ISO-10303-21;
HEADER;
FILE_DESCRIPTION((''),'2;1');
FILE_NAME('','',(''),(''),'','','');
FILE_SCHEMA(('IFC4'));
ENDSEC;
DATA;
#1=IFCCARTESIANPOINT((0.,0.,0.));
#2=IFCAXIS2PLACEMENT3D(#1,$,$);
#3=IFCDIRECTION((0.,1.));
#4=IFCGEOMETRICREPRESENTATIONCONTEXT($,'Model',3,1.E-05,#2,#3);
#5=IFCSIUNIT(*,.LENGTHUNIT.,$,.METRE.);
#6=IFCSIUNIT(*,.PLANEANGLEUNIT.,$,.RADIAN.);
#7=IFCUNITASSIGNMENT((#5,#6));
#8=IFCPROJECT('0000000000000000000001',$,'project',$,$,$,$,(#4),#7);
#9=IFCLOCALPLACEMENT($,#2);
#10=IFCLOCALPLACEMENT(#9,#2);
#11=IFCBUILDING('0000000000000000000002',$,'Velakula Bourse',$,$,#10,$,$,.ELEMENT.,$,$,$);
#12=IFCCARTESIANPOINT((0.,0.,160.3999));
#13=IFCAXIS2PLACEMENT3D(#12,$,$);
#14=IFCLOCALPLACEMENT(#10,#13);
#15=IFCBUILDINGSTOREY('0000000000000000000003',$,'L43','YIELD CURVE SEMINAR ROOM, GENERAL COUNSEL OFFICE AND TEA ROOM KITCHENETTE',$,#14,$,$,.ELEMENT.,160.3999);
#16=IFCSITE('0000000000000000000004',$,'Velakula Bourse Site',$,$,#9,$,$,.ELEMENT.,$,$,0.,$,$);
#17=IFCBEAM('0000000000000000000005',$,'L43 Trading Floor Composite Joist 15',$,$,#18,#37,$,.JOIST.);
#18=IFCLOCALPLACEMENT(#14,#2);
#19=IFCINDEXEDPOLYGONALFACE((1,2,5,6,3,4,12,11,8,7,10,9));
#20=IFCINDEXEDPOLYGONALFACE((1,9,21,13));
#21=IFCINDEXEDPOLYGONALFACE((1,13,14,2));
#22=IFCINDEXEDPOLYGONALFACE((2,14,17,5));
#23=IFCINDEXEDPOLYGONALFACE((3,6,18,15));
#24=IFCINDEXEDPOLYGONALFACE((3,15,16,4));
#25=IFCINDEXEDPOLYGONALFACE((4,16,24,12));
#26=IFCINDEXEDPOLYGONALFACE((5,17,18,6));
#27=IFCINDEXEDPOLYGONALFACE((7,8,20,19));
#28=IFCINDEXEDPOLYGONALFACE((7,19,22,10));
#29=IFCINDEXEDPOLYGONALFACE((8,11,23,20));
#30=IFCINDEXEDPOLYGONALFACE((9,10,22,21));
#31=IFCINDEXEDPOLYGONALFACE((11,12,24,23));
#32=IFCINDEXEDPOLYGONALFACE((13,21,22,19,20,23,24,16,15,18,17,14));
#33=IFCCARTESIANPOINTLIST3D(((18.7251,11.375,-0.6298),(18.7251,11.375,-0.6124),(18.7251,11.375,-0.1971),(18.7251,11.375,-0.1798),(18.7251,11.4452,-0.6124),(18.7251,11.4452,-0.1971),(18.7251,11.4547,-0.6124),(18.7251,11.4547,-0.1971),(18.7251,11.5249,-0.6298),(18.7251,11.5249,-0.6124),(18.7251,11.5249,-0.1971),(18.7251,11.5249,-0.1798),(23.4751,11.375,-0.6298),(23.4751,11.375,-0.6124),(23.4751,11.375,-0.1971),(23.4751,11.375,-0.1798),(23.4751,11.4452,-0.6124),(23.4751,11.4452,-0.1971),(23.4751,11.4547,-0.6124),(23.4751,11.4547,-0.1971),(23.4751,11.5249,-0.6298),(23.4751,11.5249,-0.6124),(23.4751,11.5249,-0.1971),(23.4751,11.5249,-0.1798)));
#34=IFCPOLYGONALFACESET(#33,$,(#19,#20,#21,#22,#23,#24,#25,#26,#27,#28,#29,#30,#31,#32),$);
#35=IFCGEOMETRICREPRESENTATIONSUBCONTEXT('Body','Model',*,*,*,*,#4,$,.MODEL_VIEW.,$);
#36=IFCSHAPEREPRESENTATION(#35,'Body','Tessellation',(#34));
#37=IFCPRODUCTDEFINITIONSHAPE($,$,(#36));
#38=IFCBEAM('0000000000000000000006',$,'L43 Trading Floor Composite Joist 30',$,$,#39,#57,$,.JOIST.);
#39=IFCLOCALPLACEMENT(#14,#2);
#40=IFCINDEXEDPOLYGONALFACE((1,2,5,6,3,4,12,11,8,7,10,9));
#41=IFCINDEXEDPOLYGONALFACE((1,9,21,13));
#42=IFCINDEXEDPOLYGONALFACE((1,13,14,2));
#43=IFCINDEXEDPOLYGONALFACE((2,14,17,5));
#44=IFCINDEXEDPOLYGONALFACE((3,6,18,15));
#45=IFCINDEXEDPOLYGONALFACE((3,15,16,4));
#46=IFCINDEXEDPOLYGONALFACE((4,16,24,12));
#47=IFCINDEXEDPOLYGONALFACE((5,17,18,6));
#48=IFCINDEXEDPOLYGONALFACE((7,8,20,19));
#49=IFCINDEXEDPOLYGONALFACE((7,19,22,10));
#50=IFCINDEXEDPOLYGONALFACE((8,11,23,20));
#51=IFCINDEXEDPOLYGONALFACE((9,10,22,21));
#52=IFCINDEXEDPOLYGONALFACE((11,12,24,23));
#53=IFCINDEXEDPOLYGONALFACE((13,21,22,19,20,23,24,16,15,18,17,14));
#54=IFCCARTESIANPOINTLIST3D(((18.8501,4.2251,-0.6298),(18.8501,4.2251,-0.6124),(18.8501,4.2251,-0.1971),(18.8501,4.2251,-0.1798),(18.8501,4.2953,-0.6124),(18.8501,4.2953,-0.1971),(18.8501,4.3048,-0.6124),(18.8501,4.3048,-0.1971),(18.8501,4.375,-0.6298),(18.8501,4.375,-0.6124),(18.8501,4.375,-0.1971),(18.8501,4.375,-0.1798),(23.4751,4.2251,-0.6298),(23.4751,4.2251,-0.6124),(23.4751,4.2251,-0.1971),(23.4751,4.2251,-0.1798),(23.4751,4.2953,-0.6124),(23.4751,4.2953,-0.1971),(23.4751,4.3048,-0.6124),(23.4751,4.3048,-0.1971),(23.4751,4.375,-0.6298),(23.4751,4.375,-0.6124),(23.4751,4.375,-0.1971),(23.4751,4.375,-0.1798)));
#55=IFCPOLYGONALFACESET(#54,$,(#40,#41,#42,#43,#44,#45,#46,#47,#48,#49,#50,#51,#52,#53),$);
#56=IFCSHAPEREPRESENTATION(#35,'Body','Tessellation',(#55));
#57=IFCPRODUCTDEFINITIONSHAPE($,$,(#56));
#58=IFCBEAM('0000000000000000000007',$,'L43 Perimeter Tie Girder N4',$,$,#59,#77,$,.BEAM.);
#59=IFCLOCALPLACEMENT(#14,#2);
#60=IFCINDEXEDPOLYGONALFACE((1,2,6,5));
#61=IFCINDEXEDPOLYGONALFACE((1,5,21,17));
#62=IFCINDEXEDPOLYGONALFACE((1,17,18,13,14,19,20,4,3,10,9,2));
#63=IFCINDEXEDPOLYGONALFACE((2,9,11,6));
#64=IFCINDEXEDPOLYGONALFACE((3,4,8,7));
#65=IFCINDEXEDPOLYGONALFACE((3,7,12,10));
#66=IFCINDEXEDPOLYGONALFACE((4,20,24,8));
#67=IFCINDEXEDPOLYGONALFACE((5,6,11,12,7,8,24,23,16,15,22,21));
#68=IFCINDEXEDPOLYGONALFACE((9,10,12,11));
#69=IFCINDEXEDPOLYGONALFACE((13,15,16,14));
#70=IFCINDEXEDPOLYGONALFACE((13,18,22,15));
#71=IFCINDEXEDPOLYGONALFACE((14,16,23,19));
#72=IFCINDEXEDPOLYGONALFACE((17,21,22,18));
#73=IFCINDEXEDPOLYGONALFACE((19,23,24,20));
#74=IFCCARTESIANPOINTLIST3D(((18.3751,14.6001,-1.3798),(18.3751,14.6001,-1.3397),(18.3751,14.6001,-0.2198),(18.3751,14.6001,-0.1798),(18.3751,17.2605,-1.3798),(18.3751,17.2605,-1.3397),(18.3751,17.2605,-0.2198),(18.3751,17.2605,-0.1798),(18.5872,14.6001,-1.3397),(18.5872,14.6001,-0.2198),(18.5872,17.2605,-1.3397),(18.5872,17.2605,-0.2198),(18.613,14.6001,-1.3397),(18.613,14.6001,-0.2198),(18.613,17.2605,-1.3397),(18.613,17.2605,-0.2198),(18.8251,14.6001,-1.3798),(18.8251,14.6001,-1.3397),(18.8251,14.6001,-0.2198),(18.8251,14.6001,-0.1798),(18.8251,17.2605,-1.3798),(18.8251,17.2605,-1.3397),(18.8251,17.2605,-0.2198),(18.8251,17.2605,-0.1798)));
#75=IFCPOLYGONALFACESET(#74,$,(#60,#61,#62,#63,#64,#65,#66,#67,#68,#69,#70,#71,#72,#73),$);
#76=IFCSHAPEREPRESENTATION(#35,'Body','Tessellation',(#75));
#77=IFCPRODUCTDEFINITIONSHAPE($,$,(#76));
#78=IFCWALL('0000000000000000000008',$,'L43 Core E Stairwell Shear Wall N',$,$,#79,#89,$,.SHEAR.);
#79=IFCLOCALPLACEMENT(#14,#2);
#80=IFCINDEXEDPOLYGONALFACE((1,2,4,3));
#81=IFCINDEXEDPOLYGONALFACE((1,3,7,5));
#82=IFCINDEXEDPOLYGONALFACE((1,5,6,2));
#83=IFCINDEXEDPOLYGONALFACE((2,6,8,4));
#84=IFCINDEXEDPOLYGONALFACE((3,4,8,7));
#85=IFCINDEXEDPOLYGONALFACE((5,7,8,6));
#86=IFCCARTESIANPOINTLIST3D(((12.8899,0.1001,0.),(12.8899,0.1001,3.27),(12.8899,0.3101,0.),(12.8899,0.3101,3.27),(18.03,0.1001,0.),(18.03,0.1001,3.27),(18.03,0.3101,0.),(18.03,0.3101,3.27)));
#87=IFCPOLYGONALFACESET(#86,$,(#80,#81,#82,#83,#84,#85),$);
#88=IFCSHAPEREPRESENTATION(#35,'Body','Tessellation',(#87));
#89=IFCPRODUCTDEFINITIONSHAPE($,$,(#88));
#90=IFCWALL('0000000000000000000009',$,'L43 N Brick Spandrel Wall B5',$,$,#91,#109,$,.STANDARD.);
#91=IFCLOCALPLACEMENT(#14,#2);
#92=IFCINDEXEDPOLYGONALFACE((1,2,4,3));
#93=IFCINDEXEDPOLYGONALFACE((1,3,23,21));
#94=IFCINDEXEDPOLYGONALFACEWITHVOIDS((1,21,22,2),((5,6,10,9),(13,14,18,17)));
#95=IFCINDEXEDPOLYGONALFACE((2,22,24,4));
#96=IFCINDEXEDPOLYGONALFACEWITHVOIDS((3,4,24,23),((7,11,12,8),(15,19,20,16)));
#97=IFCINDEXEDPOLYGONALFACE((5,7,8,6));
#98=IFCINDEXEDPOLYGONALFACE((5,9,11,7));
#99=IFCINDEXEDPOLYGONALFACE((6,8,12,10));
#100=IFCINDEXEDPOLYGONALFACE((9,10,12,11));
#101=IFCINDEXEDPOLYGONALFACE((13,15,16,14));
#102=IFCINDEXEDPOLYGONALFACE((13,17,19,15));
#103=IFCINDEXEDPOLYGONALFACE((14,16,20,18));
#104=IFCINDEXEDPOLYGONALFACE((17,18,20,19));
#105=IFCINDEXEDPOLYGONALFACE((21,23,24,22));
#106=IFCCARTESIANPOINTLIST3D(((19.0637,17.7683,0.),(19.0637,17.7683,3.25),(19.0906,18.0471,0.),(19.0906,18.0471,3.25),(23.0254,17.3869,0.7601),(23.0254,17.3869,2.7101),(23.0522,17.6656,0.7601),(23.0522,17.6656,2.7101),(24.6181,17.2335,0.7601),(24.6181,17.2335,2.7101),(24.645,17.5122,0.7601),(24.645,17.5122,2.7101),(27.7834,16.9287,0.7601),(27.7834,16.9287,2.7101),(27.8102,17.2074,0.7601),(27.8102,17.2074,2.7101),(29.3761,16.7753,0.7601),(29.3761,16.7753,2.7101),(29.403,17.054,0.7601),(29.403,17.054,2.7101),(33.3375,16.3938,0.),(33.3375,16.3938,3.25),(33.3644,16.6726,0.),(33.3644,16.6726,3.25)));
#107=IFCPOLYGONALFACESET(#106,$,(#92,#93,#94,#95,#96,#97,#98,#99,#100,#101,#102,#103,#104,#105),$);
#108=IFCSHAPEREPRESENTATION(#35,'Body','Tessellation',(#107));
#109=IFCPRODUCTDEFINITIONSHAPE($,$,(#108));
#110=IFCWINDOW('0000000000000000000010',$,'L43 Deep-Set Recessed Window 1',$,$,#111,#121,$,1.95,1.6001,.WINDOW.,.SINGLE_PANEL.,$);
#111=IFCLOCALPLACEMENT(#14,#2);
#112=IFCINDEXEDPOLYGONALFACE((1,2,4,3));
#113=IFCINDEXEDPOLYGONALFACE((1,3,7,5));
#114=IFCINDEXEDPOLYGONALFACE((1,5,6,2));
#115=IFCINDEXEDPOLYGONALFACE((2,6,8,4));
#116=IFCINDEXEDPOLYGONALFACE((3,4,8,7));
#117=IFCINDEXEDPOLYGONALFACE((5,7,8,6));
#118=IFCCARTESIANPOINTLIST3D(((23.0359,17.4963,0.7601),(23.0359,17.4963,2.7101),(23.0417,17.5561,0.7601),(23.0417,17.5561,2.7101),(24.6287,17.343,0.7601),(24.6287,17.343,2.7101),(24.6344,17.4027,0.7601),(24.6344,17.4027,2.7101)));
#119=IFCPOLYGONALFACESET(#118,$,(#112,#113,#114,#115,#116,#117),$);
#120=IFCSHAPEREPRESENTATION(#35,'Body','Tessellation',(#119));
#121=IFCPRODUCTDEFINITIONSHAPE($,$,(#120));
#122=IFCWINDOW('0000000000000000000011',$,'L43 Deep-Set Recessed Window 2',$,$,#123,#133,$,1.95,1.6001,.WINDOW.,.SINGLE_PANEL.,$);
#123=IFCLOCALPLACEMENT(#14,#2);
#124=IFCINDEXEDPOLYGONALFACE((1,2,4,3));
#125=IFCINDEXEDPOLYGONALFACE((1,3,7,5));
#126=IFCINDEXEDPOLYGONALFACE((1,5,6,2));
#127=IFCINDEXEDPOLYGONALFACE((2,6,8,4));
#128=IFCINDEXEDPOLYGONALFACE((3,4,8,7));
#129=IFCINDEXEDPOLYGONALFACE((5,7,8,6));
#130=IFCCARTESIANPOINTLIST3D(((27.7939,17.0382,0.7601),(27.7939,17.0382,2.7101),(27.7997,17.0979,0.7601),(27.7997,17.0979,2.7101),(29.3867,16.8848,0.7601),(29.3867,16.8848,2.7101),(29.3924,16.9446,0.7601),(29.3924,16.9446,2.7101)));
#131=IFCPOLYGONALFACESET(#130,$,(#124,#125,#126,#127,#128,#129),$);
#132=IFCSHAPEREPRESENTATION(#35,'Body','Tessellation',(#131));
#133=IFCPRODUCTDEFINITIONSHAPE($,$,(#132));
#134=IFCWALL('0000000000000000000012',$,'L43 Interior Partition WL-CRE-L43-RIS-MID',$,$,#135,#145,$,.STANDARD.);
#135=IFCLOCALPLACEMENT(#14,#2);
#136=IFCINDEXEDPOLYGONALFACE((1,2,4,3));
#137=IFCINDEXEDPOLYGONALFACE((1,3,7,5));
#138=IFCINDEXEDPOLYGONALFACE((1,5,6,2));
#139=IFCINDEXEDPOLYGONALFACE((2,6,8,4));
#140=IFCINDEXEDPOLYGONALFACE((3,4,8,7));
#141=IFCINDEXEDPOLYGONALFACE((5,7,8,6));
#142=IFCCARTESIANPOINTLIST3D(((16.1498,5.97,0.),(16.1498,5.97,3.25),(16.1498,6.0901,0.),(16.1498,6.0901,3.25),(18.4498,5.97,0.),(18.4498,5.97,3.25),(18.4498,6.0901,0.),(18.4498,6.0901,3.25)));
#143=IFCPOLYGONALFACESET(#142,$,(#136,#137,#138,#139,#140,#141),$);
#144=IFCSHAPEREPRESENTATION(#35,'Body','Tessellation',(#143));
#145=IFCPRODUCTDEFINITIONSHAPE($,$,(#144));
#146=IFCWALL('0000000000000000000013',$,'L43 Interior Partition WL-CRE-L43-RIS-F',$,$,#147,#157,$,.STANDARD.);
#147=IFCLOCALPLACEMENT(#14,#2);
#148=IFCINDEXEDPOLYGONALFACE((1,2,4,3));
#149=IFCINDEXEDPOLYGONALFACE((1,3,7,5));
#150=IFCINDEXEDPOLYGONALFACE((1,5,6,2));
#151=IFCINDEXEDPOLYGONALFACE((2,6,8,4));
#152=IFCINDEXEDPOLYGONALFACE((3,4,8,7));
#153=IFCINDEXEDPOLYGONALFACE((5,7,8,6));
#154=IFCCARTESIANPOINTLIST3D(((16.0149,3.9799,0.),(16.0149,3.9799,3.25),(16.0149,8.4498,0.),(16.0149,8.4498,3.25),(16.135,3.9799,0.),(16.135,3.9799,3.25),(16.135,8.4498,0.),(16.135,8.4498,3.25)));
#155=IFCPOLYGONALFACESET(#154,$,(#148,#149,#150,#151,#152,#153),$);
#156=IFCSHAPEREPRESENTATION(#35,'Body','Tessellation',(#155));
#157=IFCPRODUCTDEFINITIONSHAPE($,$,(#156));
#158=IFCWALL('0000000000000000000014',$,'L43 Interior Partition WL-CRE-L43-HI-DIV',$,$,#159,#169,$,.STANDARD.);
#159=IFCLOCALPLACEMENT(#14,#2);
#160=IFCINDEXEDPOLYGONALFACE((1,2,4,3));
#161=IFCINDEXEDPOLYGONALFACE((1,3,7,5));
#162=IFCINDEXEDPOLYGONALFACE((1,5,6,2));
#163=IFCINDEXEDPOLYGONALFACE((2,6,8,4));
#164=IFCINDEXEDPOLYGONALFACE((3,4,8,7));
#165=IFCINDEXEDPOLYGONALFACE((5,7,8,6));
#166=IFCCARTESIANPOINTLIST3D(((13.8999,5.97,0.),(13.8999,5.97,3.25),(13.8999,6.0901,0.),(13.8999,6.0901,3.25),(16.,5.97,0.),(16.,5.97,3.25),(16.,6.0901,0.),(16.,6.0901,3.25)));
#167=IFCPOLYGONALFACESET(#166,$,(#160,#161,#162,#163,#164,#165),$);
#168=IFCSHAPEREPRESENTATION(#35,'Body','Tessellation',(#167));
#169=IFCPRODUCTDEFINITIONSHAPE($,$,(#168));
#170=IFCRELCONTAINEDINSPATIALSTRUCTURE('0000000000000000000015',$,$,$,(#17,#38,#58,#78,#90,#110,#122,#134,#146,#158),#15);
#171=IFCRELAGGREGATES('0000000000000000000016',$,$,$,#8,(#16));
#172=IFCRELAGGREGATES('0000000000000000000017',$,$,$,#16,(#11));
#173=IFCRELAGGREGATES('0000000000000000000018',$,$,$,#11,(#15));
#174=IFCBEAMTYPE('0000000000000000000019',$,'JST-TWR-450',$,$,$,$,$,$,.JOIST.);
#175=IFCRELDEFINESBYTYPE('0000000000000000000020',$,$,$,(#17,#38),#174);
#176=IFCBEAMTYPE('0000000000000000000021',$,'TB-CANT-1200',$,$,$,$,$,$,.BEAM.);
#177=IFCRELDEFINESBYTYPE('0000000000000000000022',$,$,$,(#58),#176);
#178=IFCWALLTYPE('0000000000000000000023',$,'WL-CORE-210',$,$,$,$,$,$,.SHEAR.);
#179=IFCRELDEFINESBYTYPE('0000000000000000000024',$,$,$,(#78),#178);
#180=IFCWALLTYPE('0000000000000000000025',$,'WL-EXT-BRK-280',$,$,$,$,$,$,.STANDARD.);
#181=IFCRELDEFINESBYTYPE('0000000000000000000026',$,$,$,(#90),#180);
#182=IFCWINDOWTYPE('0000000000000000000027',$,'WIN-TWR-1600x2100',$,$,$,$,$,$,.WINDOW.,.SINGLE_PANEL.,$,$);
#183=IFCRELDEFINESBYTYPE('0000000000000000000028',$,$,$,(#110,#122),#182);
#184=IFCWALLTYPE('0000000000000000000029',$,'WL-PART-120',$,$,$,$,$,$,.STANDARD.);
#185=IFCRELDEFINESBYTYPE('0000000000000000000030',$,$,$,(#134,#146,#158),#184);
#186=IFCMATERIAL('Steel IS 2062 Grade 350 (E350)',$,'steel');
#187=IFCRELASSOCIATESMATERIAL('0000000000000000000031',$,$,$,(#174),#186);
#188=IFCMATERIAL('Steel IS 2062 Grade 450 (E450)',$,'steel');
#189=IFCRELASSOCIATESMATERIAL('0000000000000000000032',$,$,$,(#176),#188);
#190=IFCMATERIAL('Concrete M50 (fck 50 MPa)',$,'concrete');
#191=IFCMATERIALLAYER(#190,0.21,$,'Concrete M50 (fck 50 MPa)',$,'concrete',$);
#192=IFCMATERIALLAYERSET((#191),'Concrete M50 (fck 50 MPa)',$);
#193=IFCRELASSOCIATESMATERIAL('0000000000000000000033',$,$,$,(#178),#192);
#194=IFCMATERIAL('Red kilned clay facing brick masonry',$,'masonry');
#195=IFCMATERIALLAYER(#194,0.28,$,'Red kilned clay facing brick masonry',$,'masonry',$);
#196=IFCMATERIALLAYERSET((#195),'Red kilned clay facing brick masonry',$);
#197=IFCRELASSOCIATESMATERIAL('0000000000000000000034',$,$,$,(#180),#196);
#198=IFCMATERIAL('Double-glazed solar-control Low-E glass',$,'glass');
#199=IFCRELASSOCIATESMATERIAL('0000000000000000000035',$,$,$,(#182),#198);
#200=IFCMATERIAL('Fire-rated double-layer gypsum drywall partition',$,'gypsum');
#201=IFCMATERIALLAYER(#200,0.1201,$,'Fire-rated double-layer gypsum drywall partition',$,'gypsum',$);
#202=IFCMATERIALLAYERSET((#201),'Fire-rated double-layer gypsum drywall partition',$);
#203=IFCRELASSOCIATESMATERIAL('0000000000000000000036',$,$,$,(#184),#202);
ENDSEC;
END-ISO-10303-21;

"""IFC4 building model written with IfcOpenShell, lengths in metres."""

from ifc_helpers import new_model, si_unit, direction, frame, frame_2d, origin, origin_2d, place, context, subcontext, project, spatial, rectangle, i_section, extrude, material, layer, layer_set, material_profile, profile_set, type_object, element, fill, save


model = new_model("IFC4")

# Units and contexts
model_context = context("Model", 3, precision=1e-05, world=origin(), true_north=direction((0.0, 1.0)))
body_context = subcontext(model_context, "Body", "Model", "MODEL_VIEW")
ifc_project = project(units=[si_unit("LENGTHUNIT", "METRE"), si_unit("PLANEANGLEUNIT", "RADIAN")], contexts=[model_context])

# Site, building, storey
site_placement = place(None, origin())
site = spatial("IfcSite", under=ifc_project, at=site_placement, Name="Velakula Bourse Site", CompositionType="ELEMENT", RefElevation=0.0)
building_placement = place(site_placement, origin())
building = spatial("IfcBuilding", under=site, at=building_placement, Name="Velakula Bourse", CompositionType="ELEMENT")
storey_placement = place(building_placement, frame((0.0, 0.0, 160.3999)))
storey = spatial("IfcBuildingStorey", under=building, at=storey_placement, Name="L43", Description="YIELD CURVE SEMINAR ROOM, GENERAL COUNSEL OFFICE AND TEA ROOM KITCHENETTE", CompositionType="ELEMENT", Elevation=160.3999)

# Shared definitions
ifc_material_1 = material(Name="Steel IS 2062 Grade 350 (E350)", Category="steel")

# Beams
ifc_material_profile_1 = material_profile(ifc_material_1, i_section(OverallWidth=0.1499, OverallDepth=0.45, WebThickness=0.0095, FlangeThickness=0.0173, at=origin_2d()), Name="Steel IS 2062 Grade 350 (E350)")
ifc_profile_set_1 = profile_set([ifc_material_profile_1], Name="Steel IS 2062 Grade 350 (E350)")
beam_type_1 = type_object("IfcBeamType", Name="JST-TWR-450", PredefinedType="JOIST", material=ifc_profile_set_1)
beam_1_placement = place(storey_placement, frame((18.7251, 11.45, -0.4048), z_axis=(1.0, 0.0, 0.0), x_axis=(0.0, 1.0, 0.0)))
element("IfcBeam", 1, at=beam_1_placement, inside=storey, type_object=beam_type_1, Name="L43 Trading Floor Composite Joist 15", PredefinedType="JOIST", context=body_context, shape_type="SweptSolid", body=[
    extrude(i_section(OverallWidth=0.1499, OverallDepth=0.45, WebThickness=0.0095, FlangeThickness=0.0173, at=origin_2d()), origin(), (0.0, 0.0, 1.0), 4.75),
])
beam_2_placement = place(storey_placement, frame((18.8501, 4.3, -0.4048), z_axis=(1.0, 0.0, 0.0), x_axis=(0.0, 1.0, 0.0)))
element("IfcBeam", 2, at=beam_2_placement, inside=storey, type_object=beam_type_1, Name="L43 Trading Floor Composite Joist 30", PredefinedType="JOIST", context=body_context, shape_type="SweptSolid", body=[
    extrude(i_section(OverallWidth=0.1499, OverallDepth=0.45, WebThickness=0.0095, FlangeThickness=0.0173, at=origin_2d()), origin(), (0.0, 0.0, 1.0), 4.625),
])
ifc_material_2 = material(Name="Steel IS 2062 Grade 450 (E450)", Category="steel")
ifc_material_profile_2 = material_profile(ifc_material_2, i_section(OverallWidth=0.45, OverallDepth=1.2, WebThickness=0.0259, FlangeThickness=0.04, at=origin_2d()), Name="Steel IS 2062 Grade 450 (E450)")
ifc_profile_set_2 = profile_set([ifc_material_profile_2], Name="Steel IS 2062 Grade 450 (E450)")
beam_type_2 = type_object("IfcBeamType", Name="TB-CANT-1200", PredefinedType="BEAM", material=ifc_profile_set_2)
beam_3_placement = place(storey_placement, frame((18.6001, 14.6001, -0.7798), z_axis=(0.0, 1.0, 0.0), x_axis=(-1.0, 0.0, 0.0)))
element("IfcBeam", 3, at=beam_3_placement, inside=storey, type_object=beam_type_2, Name="L43 Perimeter Tie Girder N4", PredefinedType="BEAM", context=body_context, shape_type="SweptSolid", body=[
    extrude(i_section(OverallWidth=0.45, OverallDepth=1.2, WebThickness=0.0259, FlangeThickness=0.04, at=origin_2d()), origin(), (0.0, 0.0, 1.0), 2.6604),
])

# Wall
ifc_material_3 = material(Name="Concrete M50 (fck 50 MPa)", Category="concrete")
ifc_layer_1 = layer(ifc_material_3, 0.21, Name="Concrete M50 (fck 50 MPa)", Category="concrete")
ifc_layer_set_1 = layer_set([ifc_layer_1], Name="Concrete M50 (fck 50 MPa)")
wall_type_1 = type_object("IfcWallType", Name="WL-CORE-210", PredefinedType="SHEAR", material=ifc_layer_set_1)
wall_1_placement = place(storey_placement, frame((18.03, 0.2051, 0.0), z_axis=(0.0, 0.0, 1.0), x_axis=(-1.0, 0.0, 0.0)))
element("IfcWall", 4, at=wall_1_placement, inside=storey, type_object=wall_type_1, Name="L43 Core E Stairwell Shear Wall N", PredefinedType="SHEAR", context=body_context, shape_type="SweptSolid", body=[
    extrude(rectangle(XDim=5.1401, YDim=0.21, at=frame_2d((2.5701, 0.0))), origin(), (0.0, 0.0, 1.0), 3.27),
])

# Wall, openings, windows
ifc_material_4 = material(Name="Red kilned clay facing brick masonry", Category="masonry")
ifc_layer_2 = layer(ifc_material_4, 0.28, Name="Red kilned clay facing brick masonry", Category="masonry")
ifc_layer_set_2 = layer_set([ifc_layer_2], Name="Red kilned clay facing brick masonry")
wall_type_2 = type_object("IfcWallType", Name="WL-EXT-BRK-280", PredefinedType="STANDARD", material=ifc_layer_set_2)
wall_2_placement = place(storey_placement, frame((19.0771, 17.9077, 0.0), z_axis=(0.0, 0.0, 1.0), x_axis=(0.995396, -0.095852, 0.0)))
wall_2 = element("IfcWall", 5, at=wall_2_placement, inside=storey, type_object=wall_type_2, Name="L43 N Brick Spandrel Wall B5", PredefinedType="STANDARD", context=body_context, shape_type="SweptSolid", body=[
    extrude(rectangle(XDim=14.3398, YDim=0.28, at=frame_2d((7.1699, 0.0))), origin(), (0.0, 0.0, 1.0), 3.25),
])
opening_1_placement = place(wall_2_placement, frame((3.98, 0.0, 0.76)))
opening_1 = element("IfcOpeningElement", 6, at=opening_1_placement, cuts=wall_2, PredefinedType="OPENING", context=body_context, shape_type="SweptSolid", body=[
    extrude(rectangle(XDim=1.6001, YDim=1.95, at=frame_2d((0.8, 0.9751))), frame((0.0, 0.1499, 0.0), z_axis=(0.0, -1.0, 0.0), x_axis=(1.0, 0.0, 0.0)), (0.0, 0.0, 1.0), 0.3),
])
opening_2_placement = place(wall_2_placement, frame((8.76, 0.0, 0.76)))
opening_2 = element("IfcOpeningElement", 7, at=opening_2_placement, cuts=wall_2, PredefinedType="OPENING", context=body_context, shape_type="SweptSolid", body=[
    extrude(rectangle(XDim=1.6001, YDim=1.95, at=frame_2d((0.8, 0.9751))), frame((0.0, 0.1499, 0.0), z_axis=(0.0, -1.0, 0.0), x_axis=(1.0, 0.0, 0.0)), (0.0, 0.0, 1.0), 0.3),
])
ifc_material_5 = material(Name="Double-glazed solar-control Low-E glass", Category="glass")
window_type = type_object("IfcWindowType", Name="WIN-TWR-1600x2100", PartitioningType="SINGLE_PANEL", PredefinedType="WINDOW", material=ifc_material_5)
window_1_placement = place(opening_1_placement, origin())
window_1 = element("IfcWindow", 8, at=window_1_placement, inside=storey, type_object=window_type, Name="L43 Deep-Set Recessed Window 1", OverallHeight=1.95, OverallWidth=1.6001, PartitioningType="SINGLE_PANEL", PredefinedType="WINDOW", context=body_context, shape_type="SweptSolid", body=[
    extrude(rectangle(XDim=1.6001, YDim=1.95, at=frame_2d((0.8, 0.9751))), frame((0.0, 0.03, 0.0), z_axis=(0.0, -1.0, 0.0), x_axis=(1.0, 0.0, 0.0)), (0.0, 0.0, 1.0), 0.0601),
])
fill(opening_1, window_1)
window_2_placement = place(opening_2_placement, origin())
window_2 = element("IfcWindow", 9, at=window_2_placement, inside=storey, type_object=window_type, Name="L43 Deep-Set Recessed Window 2", OverallHeight=1.95, OverallWidth=1.6001, PartitioningType="SINGLE_PANEL", PredefinedType="WINDOW", context=body_context, shape_type="SweptSolid", body=[
    extrude(rectangle(XDim=1.6001, YDim=1.95, at=frame_2d((0.8, 0.9751))), frame((0.0, 0.03, 0.0), z_axis=(0.0, -1.0, 0.0), x_axis=(1.0, 0.0, 0.0)), (0.0, 0.0, 1.0), 0.0601),
])
fill(opening_2, window_2)

# Walls
ifc_material_6 = material(Name="Fire-rated double-layer gypsum drywall partition", Category="gypsum")
ifc_layer_3 = layer(ifc_material_6, 0.1201, Name="Fire-rated double-layer gypsum drywall partition", Category="gypsum")
ifc_layer_set_3 = layer_set([ifc_layer_3], Name="Fire-rated double-layer gypsum drywall partition")
wall_type_3 = type_object("IfcWallType", Name="WL-PART-120", PredefinedType="STANDARD", material=ifc_layer_set_3)
wall_3_placement = place(storey_placement, frame((16.1499, 6.03, 0.0), z_axis=(0.0, 0.0, 1.0), x_axis=(1.0, 0.0, 0.0)))
element("IfcWall", 10, at=wall_3_placement, inside=storey, type_object=wall_type_3, Name="L43 Interior Partition WL-CRE-L43-RIS-MID", PredefinedType="STANDARD", context=body_context, shape_type="SweptSolid", body=[
    extrude(rectangle(XDim=2.3, YDim=0.1201, at=frame_2d((1.1499, 0.0))), origin(), (0.0, 0.0, 1.0), 3.25),
])
wall_4_placement = place(storey_placement, frame((16.075, 3.98, 0.0), z_axis=(0.0, 0.0, 1.0), x_axis=(0.0, 1.0, 0.0)))
element("IfcWall", 11, at=wall_4_placement, inside=storey, type_object=wall_type_3, Name="L43 Interior Partition WL-CRE-L43-RIS-F", PredefinedType="STANDARD", context=body_context, shape_type="SweptSolid", body=[
    extrude(rectangle(XDim=4.47, YDim=0.1201, at=frame_2d((2.2349, 0.0))), origin(), (0.0, 0.0, 1.0), 3.25),
])
wall_5_placement = place(storey_placement, frame((13.8999, 6.03, 0.0), z_axis=(0.0, 0.0, 1.0), x_axis=(1.0, 0.0, 0.0)))
element("IfcWall", 12, at=wall_5_placement, inside=storey, type_object=wall_type_3, Name="L43 Interior Partition WL-CRE-L43-HI-DIV", PredefinedType="STANDARD", context=body_context, shape_type="SweptSolid", body=[
    extrude(rectangle(XDim=2.1001, YDim=0.1201, at=frame_2d((1.05, 0.0))), origin(), (0.0, 0.0, 1.0), 3.25),
])

save(model, "model.ifc")
